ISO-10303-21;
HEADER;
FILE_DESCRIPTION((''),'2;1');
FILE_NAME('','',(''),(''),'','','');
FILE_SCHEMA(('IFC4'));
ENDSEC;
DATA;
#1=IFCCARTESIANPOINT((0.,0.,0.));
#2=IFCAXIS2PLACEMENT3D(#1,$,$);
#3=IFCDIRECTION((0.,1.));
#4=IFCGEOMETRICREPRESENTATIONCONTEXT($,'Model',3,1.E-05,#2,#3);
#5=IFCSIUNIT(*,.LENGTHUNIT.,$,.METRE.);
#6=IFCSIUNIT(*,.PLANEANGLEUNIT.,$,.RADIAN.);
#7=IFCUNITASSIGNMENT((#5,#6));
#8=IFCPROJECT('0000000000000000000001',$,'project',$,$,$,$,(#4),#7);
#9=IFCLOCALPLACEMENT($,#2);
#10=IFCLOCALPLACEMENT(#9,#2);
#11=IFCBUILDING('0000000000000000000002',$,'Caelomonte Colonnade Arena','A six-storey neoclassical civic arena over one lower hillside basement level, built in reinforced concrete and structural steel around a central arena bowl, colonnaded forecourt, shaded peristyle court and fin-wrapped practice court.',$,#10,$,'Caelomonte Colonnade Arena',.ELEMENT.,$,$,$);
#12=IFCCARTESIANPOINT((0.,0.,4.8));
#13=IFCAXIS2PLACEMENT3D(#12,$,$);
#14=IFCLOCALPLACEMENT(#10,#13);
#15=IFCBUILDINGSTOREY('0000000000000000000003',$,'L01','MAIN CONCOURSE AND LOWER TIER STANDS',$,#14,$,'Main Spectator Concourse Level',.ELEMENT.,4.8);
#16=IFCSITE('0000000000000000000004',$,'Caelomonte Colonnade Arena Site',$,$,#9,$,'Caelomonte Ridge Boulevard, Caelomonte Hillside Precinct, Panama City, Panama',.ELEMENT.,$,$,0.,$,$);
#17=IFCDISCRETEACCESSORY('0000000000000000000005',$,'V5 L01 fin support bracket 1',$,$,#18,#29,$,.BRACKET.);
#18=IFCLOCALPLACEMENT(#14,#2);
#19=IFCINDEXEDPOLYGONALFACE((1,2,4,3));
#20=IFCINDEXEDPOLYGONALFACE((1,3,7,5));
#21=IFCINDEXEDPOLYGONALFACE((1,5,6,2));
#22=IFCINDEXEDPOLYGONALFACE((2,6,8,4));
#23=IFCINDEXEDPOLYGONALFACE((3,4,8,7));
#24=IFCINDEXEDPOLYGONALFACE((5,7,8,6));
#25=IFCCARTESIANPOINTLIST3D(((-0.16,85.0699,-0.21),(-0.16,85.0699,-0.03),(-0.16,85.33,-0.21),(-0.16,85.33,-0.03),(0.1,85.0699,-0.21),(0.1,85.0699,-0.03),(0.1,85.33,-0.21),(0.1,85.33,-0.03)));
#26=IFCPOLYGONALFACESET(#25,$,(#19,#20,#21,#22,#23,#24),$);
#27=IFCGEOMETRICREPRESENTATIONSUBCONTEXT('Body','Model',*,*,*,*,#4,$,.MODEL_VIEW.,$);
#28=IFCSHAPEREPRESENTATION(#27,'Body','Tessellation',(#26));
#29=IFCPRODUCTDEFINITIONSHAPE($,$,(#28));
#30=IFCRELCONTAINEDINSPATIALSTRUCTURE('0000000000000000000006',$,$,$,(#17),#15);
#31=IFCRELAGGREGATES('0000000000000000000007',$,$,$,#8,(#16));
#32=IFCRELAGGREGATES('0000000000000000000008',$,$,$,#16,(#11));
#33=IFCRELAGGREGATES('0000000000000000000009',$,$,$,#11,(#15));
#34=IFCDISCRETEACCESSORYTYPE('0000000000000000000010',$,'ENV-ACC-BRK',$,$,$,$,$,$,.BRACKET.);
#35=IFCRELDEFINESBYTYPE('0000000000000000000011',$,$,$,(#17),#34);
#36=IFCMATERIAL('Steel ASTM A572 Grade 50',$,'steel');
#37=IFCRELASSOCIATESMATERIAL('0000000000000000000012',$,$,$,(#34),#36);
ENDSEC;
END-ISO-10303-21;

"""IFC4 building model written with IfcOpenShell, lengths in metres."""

from ifc_helpers import new_model, si_unit, direction, frame, origin, origin_2d, place, context, subcontext, project, spatial, rectangle, extrude, material, type_object, element, save


model = new_model("IFC4")

# Units and contexts
model_context = context("Model", 3, precision=1e-05, world=origin(), true_north=direction((0.0, 1.0)))
body_context = subcontext(model_context, "Body", "Model", "MODEL_VIEW")
ifc_project = project(units=[si_unit("LENGTHUNIT", "METRE"), si_unit("PLANEANGLEUNIT", "RADIAN")], contexts=[model_context])

# Site, building, storey
site_placement = place(None, origin())
site = spatial("IfcSite", under=ifc_project, at=site_placement, Name="Caelomonte Colonnade Arena Site", LongName="Caelomonte Ridge Boulevard, Caelomonte Hillside Precinct, Panama City, Panama", CompositionType="ELEMENT", RefElevation=0.0)
building_placement = place(site_placement, origin())
building = spatial("IfcBuilding", under=site, at=building_placement, Name="Caelomonte Colonnade Arena", Description="A six-storey neoclassical civic arena over one lower hillside basement level, built in reinforced concrete and structural steel around a central arena bowl, colonnaded forecourt, shaded peristyle court and fin-wrapped practice court.", LongName="Caelomonte Colonnade Arena", CompositionType="ELEMENT")
storey_placement = place(building_placement, frame((0.0, 0.0, 4.8)))
storey = spatial("IfcBuildingStorey", under=building, at=storey_placement, Name="L01", Description="MAIN CONCOURSE AND LOWER TIER STANDS", LongName="Main Spectator Concourse Level", CompositionType="ELEMENT", Elevation=4.8)

# Shared definitions
ifc_material_1 = material(Name="Steel ASTM A572 Grade 50", Category="steel")

# Discrete accessory
discrete_accessory_type = type_object("IfcDiscreteAccessoryType", Name="ENV-ACC-BRK", PredefinedType="BRACKET", material=ifc_material_1)
discrete_accessory_placement = place(storey_placement, frame((-0.03, 85.2, -0.21), z_axis=(0.0, 0.0, 1.0), x_axis=(0.0, -1.0, 0.0)))
element("IfcDiscreteAccessory", 1, at=discrete_accessory_placement, inside=storey, type_object=discrete_accessory_type, Name="V5 L01 fin support bracket 1", PredefinedType="BRACKET", context=body_context, shape_type="SweptSolid", body=[
    extrude(rectangle(XDim=0.26, YDim=0.26, at=origin_2d()), origin(), (0.0, 0.0, 1.0), 0.1799),
])

save(model, "model.ifc")
